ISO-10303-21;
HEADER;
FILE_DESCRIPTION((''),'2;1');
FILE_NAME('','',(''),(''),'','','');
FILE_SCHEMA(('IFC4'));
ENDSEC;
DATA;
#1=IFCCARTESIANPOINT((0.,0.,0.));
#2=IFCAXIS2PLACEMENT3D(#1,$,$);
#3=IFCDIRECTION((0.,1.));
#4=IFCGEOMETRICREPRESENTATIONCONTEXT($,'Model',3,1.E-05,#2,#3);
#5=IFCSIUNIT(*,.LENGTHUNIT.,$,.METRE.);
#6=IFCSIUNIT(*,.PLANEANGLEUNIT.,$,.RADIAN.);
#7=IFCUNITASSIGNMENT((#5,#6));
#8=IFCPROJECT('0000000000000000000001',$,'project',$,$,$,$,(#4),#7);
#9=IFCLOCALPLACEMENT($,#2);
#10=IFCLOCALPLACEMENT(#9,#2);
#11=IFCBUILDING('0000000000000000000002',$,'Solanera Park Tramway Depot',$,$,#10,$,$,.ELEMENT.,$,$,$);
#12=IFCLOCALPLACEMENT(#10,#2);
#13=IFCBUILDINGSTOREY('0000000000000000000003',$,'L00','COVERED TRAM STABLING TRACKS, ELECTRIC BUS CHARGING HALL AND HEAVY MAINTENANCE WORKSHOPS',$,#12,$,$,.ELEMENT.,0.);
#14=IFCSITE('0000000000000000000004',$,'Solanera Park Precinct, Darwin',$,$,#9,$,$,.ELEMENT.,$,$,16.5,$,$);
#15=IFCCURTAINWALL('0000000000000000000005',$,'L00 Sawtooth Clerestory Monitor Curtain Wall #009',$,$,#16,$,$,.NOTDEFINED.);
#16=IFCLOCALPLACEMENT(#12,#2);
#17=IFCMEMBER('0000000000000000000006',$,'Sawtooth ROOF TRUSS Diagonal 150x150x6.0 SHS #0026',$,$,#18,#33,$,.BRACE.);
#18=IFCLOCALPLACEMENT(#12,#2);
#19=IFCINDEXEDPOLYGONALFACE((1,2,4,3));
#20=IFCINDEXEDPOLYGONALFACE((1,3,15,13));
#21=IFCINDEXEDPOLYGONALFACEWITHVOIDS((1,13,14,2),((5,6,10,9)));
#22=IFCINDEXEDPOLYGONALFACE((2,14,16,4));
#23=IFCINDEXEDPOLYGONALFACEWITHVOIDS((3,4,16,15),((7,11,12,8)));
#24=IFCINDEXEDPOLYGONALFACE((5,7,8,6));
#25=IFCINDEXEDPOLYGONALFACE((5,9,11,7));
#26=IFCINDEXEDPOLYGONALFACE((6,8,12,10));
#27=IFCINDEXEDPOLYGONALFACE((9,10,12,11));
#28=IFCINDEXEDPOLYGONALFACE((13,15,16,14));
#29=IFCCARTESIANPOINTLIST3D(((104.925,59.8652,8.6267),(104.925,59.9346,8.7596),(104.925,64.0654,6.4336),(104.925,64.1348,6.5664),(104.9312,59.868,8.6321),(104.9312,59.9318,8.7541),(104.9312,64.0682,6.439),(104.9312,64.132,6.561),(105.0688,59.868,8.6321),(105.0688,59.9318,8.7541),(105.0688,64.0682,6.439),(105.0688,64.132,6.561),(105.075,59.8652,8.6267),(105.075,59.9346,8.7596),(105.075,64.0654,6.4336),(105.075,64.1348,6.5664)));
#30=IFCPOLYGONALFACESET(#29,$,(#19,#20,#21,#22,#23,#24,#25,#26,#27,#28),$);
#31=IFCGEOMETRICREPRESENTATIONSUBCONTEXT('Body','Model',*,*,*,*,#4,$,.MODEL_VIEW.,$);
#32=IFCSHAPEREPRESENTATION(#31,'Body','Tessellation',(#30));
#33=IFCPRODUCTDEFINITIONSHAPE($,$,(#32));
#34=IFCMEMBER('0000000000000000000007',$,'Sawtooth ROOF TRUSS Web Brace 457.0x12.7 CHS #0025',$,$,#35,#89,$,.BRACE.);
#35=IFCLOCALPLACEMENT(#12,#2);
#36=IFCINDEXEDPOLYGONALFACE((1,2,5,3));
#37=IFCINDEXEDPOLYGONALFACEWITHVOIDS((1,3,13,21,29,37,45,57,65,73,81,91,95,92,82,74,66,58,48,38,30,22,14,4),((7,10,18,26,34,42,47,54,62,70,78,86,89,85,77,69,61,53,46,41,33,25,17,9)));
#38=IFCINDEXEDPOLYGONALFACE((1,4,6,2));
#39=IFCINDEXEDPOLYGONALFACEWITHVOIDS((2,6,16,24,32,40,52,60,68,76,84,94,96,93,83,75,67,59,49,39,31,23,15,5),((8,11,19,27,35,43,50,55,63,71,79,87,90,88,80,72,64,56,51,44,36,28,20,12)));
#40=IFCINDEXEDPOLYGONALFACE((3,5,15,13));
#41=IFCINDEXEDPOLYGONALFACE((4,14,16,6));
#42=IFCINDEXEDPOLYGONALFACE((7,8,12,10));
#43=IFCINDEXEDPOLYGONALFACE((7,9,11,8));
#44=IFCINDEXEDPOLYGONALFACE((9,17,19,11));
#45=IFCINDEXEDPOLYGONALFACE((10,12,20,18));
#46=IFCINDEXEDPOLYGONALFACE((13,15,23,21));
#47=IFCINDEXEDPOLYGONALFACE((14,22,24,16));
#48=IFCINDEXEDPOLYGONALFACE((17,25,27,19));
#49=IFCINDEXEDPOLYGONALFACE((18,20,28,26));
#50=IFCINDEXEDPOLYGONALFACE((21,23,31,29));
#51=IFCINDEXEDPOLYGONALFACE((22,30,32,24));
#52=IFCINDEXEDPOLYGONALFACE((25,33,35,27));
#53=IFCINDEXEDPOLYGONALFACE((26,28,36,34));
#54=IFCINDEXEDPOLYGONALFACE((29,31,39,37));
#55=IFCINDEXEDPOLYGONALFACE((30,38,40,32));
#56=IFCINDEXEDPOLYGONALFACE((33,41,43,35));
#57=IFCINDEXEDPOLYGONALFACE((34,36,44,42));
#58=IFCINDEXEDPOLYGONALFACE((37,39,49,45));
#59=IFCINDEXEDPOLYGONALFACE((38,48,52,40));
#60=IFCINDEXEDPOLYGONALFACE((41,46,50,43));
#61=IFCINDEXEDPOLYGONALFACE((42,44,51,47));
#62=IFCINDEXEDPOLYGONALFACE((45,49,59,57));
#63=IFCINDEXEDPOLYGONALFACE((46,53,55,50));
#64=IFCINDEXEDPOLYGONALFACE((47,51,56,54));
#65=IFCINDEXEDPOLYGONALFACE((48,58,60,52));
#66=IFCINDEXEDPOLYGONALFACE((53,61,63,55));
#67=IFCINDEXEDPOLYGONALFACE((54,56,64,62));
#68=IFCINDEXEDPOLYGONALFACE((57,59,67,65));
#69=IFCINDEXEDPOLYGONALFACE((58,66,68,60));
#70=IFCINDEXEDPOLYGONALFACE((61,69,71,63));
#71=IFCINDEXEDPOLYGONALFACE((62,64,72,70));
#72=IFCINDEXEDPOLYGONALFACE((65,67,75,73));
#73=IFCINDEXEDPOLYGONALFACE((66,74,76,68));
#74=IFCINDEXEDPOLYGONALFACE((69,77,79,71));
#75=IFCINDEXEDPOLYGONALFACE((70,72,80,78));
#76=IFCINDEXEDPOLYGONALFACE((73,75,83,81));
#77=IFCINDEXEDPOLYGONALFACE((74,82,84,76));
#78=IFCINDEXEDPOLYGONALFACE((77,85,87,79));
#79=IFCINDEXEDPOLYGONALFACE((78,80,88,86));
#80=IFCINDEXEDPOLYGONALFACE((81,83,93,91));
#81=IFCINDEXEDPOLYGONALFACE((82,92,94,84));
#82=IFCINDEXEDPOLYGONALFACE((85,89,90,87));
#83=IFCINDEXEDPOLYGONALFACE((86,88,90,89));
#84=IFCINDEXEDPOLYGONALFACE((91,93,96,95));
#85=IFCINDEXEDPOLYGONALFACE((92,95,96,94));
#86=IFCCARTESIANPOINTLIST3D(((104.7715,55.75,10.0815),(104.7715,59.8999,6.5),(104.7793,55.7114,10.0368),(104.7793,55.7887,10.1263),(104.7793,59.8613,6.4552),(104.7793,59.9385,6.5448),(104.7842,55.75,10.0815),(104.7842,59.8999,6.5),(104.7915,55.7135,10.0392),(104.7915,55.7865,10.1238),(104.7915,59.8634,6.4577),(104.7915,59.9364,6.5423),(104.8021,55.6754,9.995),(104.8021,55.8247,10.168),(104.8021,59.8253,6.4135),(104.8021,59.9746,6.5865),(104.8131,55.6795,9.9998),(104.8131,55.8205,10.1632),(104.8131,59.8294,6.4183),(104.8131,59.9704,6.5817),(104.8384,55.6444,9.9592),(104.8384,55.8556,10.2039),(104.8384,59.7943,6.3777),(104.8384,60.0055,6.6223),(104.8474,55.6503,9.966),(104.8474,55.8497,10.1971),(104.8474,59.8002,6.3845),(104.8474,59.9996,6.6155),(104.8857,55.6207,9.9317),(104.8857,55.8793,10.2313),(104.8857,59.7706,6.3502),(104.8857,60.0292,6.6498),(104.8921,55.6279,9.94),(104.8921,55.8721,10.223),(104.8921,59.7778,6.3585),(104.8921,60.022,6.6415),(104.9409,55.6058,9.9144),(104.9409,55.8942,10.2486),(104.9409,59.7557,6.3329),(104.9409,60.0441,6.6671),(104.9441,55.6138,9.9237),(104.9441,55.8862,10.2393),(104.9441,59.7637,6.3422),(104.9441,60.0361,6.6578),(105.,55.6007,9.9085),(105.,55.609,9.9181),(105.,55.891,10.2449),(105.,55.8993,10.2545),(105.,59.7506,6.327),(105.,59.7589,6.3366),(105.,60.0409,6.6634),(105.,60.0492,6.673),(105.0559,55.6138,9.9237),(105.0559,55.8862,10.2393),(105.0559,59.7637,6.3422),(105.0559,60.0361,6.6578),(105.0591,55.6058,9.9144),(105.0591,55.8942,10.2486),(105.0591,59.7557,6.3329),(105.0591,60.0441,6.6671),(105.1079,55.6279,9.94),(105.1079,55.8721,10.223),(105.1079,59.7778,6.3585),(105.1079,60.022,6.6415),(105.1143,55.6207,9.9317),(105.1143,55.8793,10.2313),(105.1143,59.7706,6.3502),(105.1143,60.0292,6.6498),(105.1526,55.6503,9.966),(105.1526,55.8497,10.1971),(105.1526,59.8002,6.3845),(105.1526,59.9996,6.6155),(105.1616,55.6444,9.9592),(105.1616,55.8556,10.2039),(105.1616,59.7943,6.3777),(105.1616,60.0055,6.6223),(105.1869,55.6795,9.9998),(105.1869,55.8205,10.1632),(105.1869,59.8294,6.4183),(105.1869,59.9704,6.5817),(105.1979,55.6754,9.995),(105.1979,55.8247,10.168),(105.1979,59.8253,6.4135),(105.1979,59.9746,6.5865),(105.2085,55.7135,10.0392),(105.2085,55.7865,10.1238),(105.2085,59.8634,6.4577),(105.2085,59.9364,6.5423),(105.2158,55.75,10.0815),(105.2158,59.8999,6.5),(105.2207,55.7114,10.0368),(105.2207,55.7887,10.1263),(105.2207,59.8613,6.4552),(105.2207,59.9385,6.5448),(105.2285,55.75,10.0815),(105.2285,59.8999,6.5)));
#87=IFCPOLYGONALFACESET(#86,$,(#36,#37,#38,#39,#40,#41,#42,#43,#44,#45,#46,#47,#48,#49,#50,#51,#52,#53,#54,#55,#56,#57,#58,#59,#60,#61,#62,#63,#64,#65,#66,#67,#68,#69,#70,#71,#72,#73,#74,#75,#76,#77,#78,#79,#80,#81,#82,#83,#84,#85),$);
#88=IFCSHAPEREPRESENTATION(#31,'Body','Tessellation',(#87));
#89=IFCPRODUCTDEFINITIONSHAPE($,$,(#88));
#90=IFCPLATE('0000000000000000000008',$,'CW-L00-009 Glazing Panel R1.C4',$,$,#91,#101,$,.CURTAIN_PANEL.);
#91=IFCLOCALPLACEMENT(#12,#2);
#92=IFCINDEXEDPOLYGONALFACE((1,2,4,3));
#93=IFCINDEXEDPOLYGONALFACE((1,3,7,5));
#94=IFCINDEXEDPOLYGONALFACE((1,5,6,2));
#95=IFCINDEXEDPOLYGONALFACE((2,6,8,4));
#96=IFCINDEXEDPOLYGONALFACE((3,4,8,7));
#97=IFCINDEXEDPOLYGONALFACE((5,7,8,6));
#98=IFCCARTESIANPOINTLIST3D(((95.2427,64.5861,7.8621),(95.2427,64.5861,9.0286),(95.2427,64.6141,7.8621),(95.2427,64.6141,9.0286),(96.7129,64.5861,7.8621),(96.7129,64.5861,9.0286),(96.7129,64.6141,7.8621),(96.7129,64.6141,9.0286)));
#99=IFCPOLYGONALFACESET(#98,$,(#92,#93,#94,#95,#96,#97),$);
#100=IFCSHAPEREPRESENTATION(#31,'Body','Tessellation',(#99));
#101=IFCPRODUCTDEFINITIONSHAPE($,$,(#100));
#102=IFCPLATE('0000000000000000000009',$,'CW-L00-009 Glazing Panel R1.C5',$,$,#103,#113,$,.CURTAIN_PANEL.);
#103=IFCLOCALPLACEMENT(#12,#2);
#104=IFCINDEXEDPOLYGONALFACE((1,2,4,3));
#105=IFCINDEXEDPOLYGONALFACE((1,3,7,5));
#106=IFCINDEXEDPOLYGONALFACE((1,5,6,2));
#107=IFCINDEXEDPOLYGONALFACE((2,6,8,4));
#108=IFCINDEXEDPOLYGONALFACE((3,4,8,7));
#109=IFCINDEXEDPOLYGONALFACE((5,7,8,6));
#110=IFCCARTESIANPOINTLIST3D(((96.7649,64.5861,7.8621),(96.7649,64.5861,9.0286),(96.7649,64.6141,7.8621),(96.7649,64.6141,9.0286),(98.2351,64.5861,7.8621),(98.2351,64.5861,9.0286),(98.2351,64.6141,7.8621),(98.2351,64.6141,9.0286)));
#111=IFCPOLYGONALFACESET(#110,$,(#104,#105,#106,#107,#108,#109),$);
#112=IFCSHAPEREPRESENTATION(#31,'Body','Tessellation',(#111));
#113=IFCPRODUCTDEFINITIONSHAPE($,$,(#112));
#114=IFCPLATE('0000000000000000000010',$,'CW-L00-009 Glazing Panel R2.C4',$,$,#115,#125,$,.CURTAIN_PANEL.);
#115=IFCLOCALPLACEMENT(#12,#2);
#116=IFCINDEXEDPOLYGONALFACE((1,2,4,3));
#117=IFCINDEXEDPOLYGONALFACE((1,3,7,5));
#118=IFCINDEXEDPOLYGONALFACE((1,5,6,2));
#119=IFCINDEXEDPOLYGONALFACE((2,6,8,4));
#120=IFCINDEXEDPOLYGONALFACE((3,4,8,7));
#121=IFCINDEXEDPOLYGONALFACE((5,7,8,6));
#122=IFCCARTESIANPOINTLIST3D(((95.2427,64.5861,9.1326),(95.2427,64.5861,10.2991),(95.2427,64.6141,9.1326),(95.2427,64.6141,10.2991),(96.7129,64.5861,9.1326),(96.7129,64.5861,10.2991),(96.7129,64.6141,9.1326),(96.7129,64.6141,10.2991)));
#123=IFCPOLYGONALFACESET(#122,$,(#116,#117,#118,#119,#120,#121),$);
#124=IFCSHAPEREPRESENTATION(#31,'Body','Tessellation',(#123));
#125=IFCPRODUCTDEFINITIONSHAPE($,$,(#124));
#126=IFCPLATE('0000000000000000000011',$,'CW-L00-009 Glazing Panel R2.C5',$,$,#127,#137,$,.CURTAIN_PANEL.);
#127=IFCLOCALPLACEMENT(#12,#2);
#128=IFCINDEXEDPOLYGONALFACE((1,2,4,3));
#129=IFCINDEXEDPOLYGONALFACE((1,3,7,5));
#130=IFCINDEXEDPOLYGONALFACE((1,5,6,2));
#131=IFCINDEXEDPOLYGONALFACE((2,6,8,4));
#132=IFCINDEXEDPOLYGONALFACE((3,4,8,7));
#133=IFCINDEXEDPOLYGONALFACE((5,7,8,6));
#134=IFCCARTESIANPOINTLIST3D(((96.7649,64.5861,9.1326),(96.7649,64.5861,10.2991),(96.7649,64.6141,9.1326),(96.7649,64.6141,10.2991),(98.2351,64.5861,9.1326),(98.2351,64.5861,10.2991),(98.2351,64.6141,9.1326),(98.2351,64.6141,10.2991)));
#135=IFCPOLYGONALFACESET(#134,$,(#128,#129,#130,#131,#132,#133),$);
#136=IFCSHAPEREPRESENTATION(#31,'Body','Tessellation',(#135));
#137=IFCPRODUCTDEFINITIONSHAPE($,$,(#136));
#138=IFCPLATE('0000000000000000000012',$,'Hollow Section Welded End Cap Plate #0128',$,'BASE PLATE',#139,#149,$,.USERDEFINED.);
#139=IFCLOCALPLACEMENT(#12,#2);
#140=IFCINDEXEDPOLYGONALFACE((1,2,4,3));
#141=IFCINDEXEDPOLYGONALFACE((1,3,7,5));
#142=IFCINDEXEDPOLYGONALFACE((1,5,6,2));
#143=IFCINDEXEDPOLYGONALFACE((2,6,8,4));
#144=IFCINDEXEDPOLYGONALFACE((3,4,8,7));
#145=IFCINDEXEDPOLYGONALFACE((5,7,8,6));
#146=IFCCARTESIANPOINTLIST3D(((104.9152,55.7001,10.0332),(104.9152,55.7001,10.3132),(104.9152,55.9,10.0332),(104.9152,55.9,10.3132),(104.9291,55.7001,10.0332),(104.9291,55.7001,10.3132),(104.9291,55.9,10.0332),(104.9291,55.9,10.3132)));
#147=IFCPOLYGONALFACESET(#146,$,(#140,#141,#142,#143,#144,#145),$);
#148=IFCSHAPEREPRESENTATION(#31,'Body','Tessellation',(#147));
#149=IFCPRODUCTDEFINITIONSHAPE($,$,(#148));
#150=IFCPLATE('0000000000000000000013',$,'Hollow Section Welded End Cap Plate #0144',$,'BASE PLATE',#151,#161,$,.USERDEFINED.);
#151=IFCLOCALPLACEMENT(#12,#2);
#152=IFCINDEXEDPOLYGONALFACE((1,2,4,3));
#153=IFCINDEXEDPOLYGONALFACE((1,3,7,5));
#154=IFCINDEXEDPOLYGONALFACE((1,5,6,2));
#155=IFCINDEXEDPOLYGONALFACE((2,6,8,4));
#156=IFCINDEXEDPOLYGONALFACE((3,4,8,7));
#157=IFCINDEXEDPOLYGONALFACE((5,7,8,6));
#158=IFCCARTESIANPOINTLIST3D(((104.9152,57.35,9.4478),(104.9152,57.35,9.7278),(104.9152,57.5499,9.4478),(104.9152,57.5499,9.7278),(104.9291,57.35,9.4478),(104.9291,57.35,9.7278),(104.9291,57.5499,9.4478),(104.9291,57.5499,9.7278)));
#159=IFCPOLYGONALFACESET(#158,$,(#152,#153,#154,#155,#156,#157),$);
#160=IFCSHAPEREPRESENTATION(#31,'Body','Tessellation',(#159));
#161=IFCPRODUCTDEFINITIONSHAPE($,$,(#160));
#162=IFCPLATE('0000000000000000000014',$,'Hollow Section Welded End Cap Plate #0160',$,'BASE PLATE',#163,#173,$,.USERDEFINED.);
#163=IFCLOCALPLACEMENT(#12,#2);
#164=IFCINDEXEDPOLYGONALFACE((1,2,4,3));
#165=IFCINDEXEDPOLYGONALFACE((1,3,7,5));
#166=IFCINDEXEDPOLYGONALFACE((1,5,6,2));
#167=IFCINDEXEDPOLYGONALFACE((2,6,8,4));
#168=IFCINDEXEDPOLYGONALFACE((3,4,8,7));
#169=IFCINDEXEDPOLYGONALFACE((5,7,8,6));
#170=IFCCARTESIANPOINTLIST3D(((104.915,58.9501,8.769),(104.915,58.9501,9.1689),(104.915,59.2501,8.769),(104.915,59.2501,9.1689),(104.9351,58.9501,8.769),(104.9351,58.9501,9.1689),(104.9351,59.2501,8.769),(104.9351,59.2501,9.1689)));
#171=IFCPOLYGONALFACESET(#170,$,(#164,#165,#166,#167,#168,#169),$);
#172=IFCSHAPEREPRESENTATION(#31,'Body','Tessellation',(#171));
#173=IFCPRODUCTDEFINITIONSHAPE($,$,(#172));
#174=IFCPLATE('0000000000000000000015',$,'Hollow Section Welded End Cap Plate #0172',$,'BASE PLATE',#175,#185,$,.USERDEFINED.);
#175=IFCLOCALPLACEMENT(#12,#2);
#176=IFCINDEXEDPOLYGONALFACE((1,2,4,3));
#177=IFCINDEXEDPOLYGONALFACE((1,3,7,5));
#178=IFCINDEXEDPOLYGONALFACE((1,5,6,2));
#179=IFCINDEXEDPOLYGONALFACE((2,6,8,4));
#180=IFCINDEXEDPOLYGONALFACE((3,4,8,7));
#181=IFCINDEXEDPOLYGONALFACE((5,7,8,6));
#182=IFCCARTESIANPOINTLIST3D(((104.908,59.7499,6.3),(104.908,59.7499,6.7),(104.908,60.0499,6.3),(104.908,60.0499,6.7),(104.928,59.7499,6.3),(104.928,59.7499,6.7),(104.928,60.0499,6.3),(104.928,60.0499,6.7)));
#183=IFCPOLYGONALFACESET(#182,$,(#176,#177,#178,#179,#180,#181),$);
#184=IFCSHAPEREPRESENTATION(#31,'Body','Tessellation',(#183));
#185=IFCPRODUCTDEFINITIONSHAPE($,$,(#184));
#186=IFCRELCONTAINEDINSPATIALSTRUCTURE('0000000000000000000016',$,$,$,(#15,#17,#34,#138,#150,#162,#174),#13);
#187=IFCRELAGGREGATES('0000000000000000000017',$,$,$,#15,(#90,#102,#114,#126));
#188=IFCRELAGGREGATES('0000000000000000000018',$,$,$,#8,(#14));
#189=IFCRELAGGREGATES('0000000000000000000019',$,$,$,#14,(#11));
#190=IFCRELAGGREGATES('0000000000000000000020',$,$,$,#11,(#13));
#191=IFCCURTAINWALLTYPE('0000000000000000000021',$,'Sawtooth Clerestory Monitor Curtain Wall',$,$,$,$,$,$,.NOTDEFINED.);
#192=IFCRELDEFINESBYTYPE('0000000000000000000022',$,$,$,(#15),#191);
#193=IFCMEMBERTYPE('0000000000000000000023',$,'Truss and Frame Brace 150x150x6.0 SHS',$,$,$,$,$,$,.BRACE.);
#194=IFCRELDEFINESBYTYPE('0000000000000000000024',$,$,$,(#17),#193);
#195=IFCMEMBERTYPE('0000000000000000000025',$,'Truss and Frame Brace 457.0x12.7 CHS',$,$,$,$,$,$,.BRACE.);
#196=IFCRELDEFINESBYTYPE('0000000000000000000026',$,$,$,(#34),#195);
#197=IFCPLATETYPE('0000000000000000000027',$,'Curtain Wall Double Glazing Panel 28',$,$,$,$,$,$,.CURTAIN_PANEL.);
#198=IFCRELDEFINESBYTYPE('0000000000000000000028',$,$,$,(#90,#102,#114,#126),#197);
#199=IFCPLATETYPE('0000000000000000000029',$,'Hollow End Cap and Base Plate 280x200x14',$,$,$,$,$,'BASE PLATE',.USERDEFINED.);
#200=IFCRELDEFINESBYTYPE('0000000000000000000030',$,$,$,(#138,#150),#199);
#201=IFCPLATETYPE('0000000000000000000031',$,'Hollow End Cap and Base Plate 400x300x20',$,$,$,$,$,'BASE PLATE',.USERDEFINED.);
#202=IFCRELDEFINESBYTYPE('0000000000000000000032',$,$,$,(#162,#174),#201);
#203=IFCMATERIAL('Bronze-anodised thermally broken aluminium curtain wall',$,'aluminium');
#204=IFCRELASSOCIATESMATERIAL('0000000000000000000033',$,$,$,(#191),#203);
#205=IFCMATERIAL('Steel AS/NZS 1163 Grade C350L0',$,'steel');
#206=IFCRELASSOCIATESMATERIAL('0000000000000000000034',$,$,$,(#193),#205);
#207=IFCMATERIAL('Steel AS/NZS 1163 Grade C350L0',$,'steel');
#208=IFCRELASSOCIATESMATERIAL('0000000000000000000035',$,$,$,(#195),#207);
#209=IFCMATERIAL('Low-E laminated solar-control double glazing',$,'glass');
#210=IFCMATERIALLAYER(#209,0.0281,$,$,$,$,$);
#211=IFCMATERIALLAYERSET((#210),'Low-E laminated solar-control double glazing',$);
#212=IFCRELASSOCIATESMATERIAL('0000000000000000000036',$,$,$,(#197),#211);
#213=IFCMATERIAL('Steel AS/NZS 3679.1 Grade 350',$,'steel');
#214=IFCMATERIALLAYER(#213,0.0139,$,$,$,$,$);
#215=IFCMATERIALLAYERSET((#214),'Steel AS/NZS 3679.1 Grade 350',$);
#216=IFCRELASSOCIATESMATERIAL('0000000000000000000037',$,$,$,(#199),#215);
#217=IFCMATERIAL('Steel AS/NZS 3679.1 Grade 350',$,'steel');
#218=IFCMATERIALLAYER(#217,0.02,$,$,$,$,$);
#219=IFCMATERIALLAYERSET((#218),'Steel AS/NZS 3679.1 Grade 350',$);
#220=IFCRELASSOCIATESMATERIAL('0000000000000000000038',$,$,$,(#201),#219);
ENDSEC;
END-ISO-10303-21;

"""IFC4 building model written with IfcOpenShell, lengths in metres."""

from ifc_helpers import new_model, si_unit, direction, frame, origin, origin_2d, place, context, subcontext, project, spatial, rectangle, hollow_rectangle, hollow_circle, extrude, material, layer, layer_set, material_profile, profile_set, type_object, element, aggregate, save


model = new_model("IFC4")

# Units and contexts
model_context = context("Model", 3, precision=1e-05, world=origin(), true_north=direction((0.0, 1.0)))
body_context = subcontext(model_context, "Body", "Model", "MODEL_VIEW")
ifc_project = project(units=[si_unit("LENGTHUNIT", "METRE"), si_unit("PLANEANGLEUNIT", "RADIAN")], contexts=[model_context])

# Site, building, storey
site_placement = place(None, origin())
site = spatial("IfcSite", under=ifc_project, at=site_placement, Name="Solanera Park Precinct, Darwin", CompositionType="ELEMENT", RefElevation=16.5)
building_placement = place(site_placement, origin())
building = spatial("IfcBuilding", under=site, at=building_placement, Name="Solanera Park Tramway Depot", CompositionType="ELEMENT")
storey_placement = place(building_placement, origin())
storey = spatial("IfcBuildingStorey", under=building, at=storey_placement, Name="L00", Description="COVERED TRAM STABLING TRACKS, ELECTRIC BUS CHARGING HALL AND HEAVY MAINTENANCE WORKSHOPS", CompositionType="ELEMENT", Elevation=0.0)

# Curtain wall
ifc_material_1 = material(Name="Bronze-anodised thermally broken aluminium curtain wall", Category="aluminium")
curtain_wall_type = type_object("IfcCurtainWallType", Name="Sawtooth Clerestory Monitor Curtain Wall", PredefinedType="NOTDEFINED", material=ifc_material_1)
curtain_wall_placement = place(storey_placement, origin())
curtain_wall = element("IfcCurtainWall", 1, at=curtain_wall_placement, inside=storey, type_object=curtain_wall_type, Name="L00 Sawtooth Clerestory Monitor Curtain Wall #009", PredefinedType="NOTDEFINED")

# Members
ifc_material_2 = material(Name="Steel AS/NZS 1163 Grade C350L0", Category="steel")
ifc_material_profile_1 = material_profile(ifc_material_2, hollow_rectangle(XDim=0.1499, YDim=0.1499, WallThickness=0.0061, at=origin_2d()), Name="150x150x6.0 SHS")
ifc_profile_set_1 = profile_set([ifc_material_profile_1], Name="Steel AS/NZS 1163 Grade C350L0")
member_type_1 = type_object("IfcMemberType", Name="Truss and Frame Brace 150x150x6.0 SHS", PredefinedType="BRACE", material=ifc_profile_set_1)
member_1_placement = place(storey_placement, frame((105.0, 64.1001, 6.5), z_axis=(0.0, -0.886437, 0.462849), x_axis=(1.0, 0.0, 0.0)))
element("IfcMember", 2, at=member_1_placement, inside=storey, type_object=member_type_1, Name="Sawtooth ROOF TRUSS Diagonal 150x150x6.0 SHS #0026", PredefinedType="BRACE", context=body_context, shape_type="SweptSolid", body=[
    extrude(hollow_rectangle(XDim=0.1499, YDim=0.1499, WallThickness=0.0061, at=origin_2d()), origin(), (0.0, 0.0, 1.0), 4.7383),
])
ifc_material_3 = material(Name="Steel AS/NZS 1163 Grade C350L0", Category="steel")
ifc_material_profile_2 = material_profile(ifc_material_3, hollow_circle(Radius=0.2285, WallThickness=0.0127, at=origin_2d()), Name="457.0x12.7 CHS")
ifc_profile_set_2 = profile_set([ifc_material_profile_2], Name="Steel AS/NZS 1163 Grade C350L0")
member_type_2 = type_object("IfcMemberType", Name="Truss and Frame Brace 457.0x12.7 CHS", PredefinedType="BRACE", material=ifc_profile_set_2)
member_2_placement = place(storey_placement, frame((105.0, 59.8999, 6.5), z_axis=(0.0, -0.757045, 0.653362), x_axis=(1.0, 0.0, 0.0)))
element("IfcMember", 3, at=member_2_placement, inside=storey, type_object=member_type_2, Name="Sawtooth ROOF TRUSS Web Brace 457.0x12.7 CHS #0025", PredefinedType="BRACE", context=body_context, shape_type="SweptSolid", body=[
    extrude(hollow_circle(Radius=0.2285, WallThickness=0.0127, at=origin_2d()), origin(), (0.0, 0.0, 1.0), 5.4817),
])

# Plates
ifc_material_4 = material(Name="Low-E laminated solar-control double glazing", Category="glass")
ifc_layer_1 = layer(ifc_material_4, 0.0281)
ifc_layer_set_1 = layer_set([ifc_layer_1], Name="Low-E laminated solar-control double glazing")
plate_type_1 = type_object("IfcPlateType", Name="Curtain Wall Double Glazing Panel 28", PredefinedType="CURTAIN_PANEL", material=ifc_layer_set_1)
plate_1_placement = place(storey_placement, frame((95.9778, 64.6001, 7.8621), z_axis=(0.0, 0.0, 1.0), x_axis=(1.0, 0.0, 0.0)))
plate_1 = element("IfcPlate", 4, at=plate_1_placement, type_object=plate_type_1, Name="CW-L00-009 Glazing Panel R1.C4", PredefinedType="CURTAIN_PANEL", context=body_context, shape_type="SweptSolid", body=[
    extrude(rectangle(XDim=1.4702, YDim=0.0281, at=origin_2d()), origin(), (0.0, 0.0, 1.0), 1.1665),
])
plate_2_placement = place(storey_placement, frame((97.5, 64.6001, 7.8621), z_axis=(0.0, 0.0, 1.0), x_axis=(1.0, 0.0, 0.0)))
plate_2 = element("IfcPlate", 5, at=plate_2_placement, type_object=plate_type_1, Name="CW-L00-009 Glazing Panel R1.C5", PredefinedType="CURTAIN_PANEL", context=body_context, shape_type="SweptSolid", body=[
    extrude(rectangle(XDim=1.4702, YDim=0.0281, at=origin_2d()), origin(), (0.0, 0.0, 1.0), 1.1665),
])
plate_3_placement = place(storey_placement, frame((95.9778, 64.6001, 9.1326), z_axis=(0.0, 0.0, 1.0), x_axis=(1.0, 0.0, 0.0)))
plate_3 = element("IfcPlate", 6, at=plate_3_placement, type_object=plate_type_1, Name="CW-L00-009 Glazing Panel R2.C4", PredefinedType="CURTAIN_PANEL", context=body_context, shape_type="SweptSolid", body=[
    extrude(rectangle(XDim=1.4702, YDim=0.0281, at=origin_2d()), origin(), (0.0, 0.0, 1.0), 1.1665),
])
plate_4_placement = place(storey_placement, frame((97.5, 64.6001, 9.1326), z_axis=(0.0, 0.0, 1.0), x_axis=(1.0, 0.0, 0.0)))
plate_4 = element("IfcPlate", 7, at=plate_4_placement, type_object=plate_type_1, Name="CW-L00-009 Glazing Panel R2.C5", PredefinedType="CURTAIN_PANEL", context=body_context, shape_type="SweptSolid", body=[
    extrude(rectangle(XDim=1.4702, YDim=0.0281, at=origin_2d()), origin(), (0.0, 0.0, 1.0), 1.1665),
])
aggregate(curtain_wall, [plate_1, plate_2, plate_3, plate_4])

# Plates
ifc_material_5 = material(Name="Steel AS/NZS 3679.1 Grade 350", Category="steel")
ifc_layer_2 = layer(ifc_material_5, 0.0139)
ifc_layer_set_2 = layer_set([ifc_layer_2], Name="Steel AS/NZS 3679.1 Grade 350")
plate_type_2 = type_object("IfcPlateType", Name="Hollow End Cap and Base Plate 280x200x14", ElementType="BASE PLATE", PredefinedType="USERDEFINED", material=ifc_layer_set_2)
for number, where, z_axis, x_axis, name in (
    (8, (104.9221, 55.8, 10.0332), (0.0, 0.0, 1.0), (1.0, 0.0, 0.0), "Hollow Section Welded End Cap Plate #0128"),
    (9, (104.9221, 57.45, 9.4478), (0.0, 0.0, 1.0), (1.0, 0.0, 0.0), "Hollow Section Welded End Cap Plate #0144"),
):
    element("IfcPlate", number, at=place(storey_placement, frame(where, z_axis=z_axis, x_axis=x_axis)), inside=storey, type_object=plate_type_2, Name=name, ObjectType="BASE PLATE", PredefinedType="USERDEFINED", context=body_context, shape_type="SweptSolid", body=[
        extrude(rectangle(XDim=0.0139, YDim=0.2, at=origin_2d()), origin(), (0.0, 0.0, 1.0), 0.28),
    ])
ifc_material_6 = material(Name="Steel AS/NZS 3679.1 Grade 350", Category="steel")
ifc_layer_3 = layer(ifc_material_6, 0.02)
ifc_layer_set_3 = layer_set([ifc_layer_3], Name="Steel AS/NZS 3679.1 Grade 350")
plate_type_3 = type_object("IfcPlateType", Name="Hollow End Cap and Base Plate 400x300x20", ElementType="BASE PLATE", PredefinedType="USERDEFINED", material=ifc_layer_set_3)
for number, where, z_axis, x_axis, name in (
    (10, (104.925, 59.1001, 8.769), (0.0, 0.0, 1.0), (1.0, 0.0, 0.0), "Hollow Section Welded End Cap Plate #0160"),
    (11, (104.918, 59.8999, 6.3), (0.0, 0.0, 1.0), (1.0, 0.0, 0.0), "Hollow Section Welded End Cap Plate #0172"),
):
    element("IfcPlate", number, at=place(storey_placement, frame(where, z_axis=z_axis, x_axis=x_axis)), inside=storey, type_object=plate_type_3, Name=name, ObjectType="BASE PLATE", PredefinedType="USERDEFINED", context=body_context, shape_type="SweptSolid", body=[
        extrude(rectangle(XDim=0.02, YDim=0.3, at=origin_2d()), origin(), (0.0, 0.0, 1.0), 0.3999),
    ])

save(model, "model.ifc")
